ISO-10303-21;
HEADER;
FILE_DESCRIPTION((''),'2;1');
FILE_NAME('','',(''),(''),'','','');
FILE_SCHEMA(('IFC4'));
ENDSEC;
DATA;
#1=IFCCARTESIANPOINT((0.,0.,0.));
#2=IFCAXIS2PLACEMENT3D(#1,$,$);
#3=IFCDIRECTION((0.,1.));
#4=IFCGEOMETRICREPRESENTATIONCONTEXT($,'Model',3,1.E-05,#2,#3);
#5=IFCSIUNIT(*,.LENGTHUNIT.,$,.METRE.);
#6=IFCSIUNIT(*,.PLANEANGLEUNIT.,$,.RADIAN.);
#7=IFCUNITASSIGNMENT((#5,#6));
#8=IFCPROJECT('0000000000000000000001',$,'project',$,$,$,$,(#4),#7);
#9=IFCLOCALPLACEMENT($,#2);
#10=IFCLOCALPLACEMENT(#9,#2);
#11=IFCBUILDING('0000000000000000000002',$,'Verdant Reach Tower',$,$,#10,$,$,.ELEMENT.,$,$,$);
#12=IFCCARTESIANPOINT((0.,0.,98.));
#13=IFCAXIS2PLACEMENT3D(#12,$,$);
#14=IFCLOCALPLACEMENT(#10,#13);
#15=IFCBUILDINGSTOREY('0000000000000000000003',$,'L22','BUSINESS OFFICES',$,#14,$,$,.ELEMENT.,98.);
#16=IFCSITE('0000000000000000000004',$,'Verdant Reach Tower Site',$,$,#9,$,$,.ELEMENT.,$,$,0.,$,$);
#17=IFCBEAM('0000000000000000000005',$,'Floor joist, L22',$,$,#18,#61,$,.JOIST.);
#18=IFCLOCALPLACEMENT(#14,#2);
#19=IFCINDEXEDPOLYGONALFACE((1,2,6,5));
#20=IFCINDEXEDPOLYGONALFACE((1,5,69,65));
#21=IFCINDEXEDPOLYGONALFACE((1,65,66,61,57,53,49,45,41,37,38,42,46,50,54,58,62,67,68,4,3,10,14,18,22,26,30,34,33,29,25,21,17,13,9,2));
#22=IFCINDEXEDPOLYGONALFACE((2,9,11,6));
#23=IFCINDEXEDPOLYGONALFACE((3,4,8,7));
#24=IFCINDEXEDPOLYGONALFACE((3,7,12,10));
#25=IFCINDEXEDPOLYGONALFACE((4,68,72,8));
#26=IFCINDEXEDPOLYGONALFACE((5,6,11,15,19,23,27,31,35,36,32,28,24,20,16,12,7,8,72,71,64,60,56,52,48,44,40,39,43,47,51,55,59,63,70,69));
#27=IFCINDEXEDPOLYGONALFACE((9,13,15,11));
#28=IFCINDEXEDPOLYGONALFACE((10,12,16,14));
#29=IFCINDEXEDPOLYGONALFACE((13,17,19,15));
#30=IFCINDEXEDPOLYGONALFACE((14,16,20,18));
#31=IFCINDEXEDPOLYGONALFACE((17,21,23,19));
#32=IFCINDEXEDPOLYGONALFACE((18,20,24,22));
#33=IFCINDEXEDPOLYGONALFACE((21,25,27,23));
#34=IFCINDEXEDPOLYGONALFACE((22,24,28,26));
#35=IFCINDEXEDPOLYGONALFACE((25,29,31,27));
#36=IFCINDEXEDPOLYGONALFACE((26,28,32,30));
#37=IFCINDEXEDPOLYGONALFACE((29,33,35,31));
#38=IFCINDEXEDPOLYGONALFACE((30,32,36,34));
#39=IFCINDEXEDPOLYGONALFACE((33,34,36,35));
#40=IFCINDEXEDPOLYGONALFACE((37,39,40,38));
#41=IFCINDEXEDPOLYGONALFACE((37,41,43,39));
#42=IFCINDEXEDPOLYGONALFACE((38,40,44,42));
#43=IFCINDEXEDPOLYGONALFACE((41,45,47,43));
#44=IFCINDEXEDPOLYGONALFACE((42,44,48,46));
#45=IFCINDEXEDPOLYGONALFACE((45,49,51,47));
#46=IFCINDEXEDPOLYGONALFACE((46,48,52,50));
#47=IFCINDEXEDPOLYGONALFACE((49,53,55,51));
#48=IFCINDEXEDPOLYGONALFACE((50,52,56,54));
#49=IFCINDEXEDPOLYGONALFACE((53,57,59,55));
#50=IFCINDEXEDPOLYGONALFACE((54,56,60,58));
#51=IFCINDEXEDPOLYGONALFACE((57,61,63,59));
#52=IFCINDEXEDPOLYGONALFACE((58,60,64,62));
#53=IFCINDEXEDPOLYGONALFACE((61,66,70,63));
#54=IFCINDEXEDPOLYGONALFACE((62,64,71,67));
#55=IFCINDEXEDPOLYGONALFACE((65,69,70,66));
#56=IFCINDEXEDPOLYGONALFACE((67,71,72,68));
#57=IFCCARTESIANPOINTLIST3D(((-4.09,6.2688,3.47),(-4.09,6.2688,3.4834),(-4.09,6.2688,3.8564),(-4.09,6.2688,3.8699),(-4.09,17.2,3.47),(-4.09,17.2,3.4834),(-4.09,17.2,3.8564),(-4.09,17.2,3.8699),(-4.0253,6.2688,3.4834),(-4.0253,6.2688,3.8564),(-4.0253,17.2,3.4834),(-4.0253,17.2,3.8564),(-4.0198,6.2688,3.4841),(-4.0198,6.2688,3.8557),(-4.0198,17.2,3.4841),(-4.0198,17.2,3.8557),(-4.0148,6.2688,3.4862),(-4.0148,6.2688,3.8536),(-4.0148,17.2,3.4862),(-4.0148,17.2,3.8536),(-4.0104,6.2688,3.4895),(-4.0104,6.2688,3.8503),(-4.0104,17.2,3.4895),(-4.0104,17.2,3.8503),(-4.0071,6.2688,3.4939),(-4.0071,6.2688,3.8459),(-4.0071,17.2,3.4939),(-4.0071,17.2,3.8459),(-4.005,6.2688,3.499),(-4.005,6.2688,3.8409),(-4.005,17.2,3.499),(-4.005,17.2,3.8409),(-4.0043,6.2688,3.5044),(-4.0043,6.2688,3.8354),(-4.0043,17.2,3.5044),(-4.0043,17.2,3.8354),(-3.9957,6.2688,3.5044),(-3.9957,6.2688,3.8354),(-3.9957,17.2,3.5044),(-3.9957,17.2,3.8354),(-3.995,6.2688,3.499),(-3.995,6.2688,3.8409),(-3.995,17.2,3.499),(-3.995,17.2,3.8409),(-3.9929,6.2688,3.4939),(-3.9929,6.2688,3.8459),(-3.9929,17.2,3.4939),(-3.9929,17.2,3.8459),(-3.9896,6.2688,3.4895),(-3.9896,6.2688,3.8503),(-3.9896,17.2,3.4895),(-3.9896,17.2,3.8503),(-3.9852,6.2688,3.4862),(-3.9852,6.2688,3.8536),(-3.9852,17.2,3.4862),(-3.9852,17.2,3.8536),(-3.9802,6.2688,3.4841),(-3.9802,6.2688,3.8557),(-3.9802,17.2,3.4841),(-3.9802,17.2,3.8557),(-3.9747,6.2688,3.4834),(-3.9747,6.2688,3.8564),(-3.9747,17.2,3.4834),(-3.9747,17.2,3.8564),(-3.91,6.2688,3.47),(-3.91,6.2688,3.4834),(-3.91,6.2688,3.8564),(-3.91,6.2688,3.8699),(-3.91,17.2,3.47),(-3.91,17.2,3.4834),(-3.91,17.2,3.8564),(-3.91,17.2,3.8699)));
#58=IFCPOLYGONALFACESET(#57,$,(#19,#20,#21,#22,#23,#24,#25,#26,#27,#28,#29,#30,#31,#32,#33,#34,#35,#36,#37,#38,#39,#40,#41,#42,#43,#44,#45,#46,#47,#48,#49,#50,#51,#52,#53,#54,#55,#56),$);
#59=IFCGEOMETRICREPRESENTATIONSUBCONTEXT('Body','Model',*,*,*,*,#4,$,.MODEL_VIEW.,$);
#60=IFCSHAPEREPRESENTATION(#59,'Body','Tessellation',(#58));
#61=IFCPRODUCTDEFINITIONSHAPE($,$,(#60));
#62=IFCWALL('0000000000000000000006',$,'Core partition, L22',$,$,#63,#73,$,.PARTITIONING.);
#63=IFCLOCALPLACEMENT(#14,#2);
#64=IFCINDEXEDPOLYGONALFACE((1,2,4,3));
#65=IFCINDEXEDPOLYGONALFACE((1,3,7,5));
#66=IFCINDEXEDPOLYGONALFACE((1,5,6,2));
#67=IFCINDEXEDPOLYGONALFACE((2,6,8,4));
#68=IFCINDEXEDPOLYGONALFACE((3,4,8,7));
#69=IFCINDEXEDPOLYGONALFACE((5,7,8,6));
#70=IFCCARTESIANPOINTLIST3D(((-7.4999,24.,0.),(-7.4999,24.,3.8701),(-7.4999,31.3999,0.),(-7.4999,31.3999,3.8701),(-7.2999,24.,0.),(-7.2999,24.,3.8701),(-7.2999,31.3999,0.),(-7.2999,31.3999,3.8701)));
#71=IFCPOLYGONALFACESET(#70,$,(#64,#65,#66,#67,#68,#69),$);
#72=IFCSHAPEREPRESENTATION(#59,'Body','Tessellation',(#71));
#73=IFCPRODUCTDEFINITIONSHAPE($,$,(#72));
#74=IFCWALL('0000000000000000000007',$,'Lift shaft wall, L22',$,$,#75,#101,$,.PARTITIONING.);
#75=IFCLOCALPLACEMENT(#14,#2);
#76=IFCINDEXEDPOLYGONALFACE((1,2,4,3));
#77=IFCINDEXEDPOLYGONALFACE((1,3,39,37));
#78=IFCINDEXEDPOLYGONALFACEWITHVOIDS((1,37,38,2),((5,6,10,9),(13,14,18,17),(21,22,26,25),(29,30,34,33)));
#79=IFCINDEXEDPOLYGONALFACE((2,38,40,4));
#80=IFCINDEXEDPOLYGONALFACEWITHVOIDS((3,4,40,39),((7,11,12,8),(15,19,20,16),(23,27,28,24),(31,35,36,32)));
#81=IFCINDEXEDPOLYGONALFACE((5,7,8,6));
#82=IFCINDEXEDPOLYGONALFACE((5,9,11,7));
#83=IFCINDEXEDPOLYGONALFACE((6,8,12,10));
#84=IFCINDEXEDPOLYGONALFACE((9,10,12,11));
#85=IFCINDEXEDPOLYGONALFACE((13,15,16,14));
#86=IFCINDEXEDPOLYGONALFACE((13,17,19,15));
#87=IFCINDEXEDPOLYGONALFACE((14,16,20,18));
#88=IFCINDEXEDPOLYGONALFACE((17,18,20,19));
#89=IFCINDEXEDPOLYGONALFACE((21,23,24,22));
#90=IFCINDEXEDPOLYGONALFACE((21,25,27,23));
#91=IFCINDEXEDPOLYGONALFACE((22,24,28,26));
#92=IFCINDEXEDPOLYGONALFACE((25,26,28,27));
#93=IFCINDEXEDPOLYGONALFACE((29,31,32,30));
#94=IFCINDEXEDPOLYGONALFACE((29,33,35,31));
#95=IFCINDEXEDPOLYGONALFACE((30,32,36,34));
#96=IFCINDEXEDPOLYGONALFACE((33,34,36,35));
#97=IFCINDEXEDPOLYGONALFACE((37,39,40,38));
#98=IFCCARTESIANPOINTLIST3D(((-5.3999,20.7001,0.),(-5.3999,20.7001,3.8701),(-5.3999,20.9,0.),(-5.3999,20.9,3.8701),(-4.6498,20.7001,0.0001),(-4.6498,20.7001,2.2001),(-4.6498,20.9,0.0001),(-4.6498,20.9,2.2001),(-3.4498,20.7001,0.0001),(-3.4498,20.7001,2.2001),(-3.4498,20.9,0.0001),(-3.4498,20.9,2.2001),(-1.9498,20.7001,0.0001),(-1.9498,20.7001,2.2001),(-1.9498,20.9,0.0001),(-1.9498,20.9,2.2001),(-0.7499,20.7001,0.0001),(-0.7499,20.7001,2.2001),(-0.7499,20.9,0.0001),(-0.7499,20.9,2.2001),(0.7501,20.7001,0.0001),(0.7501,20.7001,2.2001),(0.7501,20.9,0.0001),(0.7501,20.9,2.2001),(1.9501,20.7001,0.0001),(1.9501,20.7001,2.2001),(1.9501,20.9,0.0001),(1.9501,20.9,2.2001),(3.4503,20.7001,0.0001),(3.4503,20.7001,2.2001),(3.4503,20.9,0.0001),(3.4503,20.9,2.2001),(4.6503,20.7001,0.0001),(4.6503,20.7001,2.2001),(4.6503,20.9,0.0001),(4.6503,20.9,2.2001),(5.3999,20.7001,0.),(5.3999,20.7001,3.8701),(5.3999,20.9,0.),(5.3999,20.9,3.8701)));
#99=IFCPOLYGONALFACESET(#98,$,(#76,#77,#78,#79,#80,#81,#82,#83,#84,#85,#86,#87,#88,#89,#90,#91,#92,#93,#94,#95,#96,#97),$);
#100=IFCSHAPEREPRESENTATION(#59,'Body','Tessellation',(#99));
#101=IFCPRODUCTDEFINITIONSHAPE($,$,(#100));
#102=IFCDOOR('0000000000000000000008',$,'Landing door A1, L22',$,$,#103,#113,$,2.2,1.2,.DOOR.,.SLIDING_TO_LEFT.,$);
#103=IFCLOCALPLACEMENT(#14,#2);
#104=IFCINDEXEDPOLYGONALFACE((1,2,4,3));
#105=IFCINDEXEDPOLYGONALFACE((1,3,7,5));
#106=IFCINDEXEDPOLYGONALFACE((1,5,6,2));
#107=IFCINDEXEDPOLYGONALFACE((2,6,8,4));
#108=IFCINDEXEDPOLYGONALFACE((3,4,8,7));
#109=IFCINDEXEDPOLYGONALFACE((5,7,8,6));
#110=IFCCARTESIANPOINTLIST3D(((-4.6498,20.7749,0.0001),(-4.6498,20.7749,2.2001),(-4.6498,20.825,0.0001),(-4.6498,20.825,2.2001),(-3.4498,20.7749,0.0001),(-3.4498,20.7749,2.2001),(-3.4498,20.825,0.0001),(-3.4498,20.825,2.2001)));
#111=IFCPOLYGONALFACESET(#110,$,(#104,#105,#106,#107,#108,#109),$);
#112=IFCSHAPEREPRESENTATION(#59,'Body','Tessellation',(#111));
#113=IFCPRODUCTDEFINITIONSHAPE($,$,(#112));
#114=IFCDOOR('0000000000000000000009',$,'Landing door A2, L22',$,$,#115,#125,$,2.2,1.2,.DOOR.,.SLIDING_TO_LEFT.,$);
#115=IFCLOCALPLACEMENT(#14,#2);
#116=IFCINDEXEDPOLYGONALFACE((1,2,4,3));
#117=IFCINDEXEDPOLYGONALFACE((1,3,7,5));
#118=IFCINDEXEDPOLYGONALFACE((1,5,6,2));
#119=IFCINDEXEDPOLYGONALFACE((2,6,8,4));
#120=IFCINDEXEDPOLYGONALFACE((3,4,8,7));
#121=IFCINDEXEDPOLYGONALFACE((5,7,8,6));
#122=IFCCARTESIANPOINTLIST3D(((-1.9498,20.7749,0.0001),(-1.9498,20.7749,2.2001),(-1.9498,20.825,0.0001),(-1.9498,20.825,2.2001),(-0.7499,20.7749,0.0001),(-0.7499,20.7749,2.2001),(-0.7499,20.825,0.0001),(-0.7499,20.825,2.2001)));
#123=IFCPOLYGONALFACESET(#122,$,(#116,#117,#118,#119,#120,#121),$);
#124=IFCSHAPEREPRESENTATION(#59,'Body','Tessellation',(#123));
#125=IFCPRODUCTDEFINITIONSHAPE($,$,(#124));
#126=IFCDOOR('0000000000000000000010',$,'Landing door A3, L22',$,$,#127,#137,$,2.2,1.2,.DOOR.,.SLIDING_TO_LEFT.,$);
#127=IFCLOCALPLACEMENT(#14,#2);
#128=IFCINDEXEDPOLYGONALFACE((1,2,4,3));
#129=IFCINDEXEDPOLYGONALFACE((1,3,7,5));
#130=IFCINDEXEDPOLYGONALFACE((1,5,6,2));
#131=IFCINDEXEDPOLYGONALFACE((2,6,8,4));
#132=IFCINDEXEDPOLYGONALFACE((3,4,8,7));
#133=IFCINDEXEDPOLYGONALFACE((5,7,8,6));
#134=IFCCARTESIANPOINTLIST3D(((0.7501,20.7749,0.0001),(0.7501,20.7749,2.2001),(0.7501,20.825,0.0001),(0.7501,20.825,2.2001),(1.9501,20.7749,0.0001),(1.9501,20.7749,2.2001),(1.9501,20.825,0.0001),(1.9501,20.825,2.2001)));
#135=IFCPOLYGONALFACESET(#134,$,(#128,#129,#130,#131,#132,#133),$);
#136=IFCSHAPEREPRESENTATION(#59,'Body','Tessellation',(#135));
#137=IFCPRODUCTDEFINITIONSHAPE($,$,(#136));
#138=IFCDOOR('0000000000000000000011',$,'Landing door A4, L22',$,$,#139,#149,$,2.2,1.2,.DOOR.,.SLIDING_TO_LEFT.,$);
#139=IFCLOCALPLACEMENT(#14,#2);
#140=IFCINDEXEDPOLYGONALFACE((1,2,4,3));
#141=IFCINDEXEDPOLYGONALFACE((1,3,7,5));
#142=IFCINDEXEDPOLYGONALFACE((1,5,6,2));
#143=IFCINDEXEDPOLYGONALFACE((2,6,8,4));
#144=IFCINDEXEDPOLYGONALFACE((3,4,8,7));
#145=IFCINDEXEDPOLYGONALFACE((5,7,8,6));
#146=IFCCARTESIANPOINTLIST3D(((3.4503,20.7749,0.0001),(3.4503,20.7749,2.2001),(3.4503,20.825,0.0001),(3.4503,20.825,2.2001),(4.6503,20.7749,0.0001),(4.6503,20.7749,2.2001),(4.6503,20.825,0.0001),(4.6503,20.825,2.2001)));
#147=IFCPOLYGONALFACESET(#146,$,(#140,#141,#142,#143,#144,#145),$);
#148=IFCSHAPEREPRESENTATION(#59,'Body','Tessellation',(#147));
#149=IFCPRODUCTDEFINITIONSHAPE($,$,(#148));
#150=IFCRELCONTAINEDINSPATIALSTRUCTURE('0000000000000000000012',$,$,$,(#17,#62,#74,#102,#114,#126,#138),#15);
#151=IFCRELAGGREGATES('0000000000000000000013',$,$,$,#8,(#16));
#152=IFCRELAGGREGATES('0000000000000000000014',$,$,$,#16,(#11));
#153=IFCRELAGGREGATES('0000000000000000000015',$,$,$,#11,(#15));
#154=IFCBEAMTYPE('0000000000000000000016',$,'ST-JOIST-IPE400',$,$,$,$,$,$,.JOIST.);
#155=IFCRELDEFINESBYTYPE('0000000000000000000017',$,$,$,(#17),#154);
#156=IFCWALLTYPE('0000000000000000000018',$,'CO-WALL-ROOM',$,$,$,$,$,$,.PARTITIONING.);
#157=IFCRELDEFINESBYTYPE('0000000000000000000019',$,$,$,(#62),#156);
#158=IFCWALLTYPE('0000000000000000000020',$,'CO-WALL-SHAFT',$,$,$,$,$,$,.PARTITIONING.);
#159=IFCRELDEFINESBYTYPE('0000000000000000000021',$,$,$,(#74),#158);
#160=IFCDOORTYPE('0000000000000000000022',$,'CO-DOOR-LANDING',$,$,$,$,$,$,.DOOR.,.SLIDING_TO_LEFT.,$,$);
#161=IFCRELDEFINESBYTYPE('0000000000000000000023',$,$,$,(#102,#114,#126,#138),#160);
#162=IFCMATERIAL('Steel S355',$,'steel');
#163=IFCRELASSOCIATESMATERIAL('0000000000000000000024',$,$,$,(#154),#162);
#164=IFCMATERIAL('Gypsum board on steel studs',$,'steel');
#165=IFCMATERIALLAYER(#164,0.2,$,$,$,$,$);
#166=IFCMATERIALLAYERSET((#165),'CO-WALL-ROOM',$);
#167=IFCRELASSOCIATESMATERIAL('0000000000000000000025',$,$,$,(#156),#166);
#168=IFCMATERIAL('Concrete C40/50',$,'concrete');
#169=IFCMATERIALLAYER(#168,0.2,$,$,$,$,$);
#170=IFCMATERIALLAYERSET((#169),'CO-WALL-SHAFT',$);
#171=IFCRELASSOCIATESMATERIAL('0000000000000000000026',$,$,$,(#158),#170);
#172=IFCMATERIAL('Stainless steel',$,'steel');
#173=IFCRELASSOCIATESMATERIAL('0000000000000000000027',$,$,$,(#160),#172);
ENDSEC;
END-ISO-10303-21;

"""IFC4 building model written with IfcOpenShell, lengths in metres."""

from ifc_helpers import new_model, si_unit, direction, frame, frame_2d, origin, origin_2d, place, context, subcontext, project, spatial, rectangle, i_section, extrude, material, layer, layer_set, material_profile, profile_set, type_object, element, fill, save


model = new_model("IFC4")

# Units and contexts
model_context = context("Model", 3, precision=1e-05, world=origin(), true_north=direction((0.0, 1.0)))
body_context = subcontext(model_context, "Body", "Model", "MODEL_VIEW")
ifc_project = project(units=[si_unit("LENGTHUNIT", "METRE"), si_unit("PLANEANGLEUNIT", "RADIAN")], contexts=[model_context])

# Site, building, storey
site_placement = place(None, origin())
site = spatial("IfcSite", under=ifc_project, at=site_placement, Name="Verdant Reach Tower Site", CompositionType="ELEMENT", RefElevation=0.0)
building_placement = place(site_placement, origin())
building = spatial("IfcBuilding", under=site, at=building_placement, Name="Verdant Reach Tower", CompositionType="ELEMENT")
storey_placement = place(building_placement, frame((0.0, 0.0, 98.0)))
storey = spatial("IfcBuildingStorey", under=building, at=storey_placement, Name="L22", Description="BUSINESS OFFICES", CompositionType="ELEMENT", Elevation=98.0)

# Beam
ifc_material_1 = material(Name="Steel S355", Category="steel")
ifc_material_profile = material_profile(ifc_material_1, i_section(OverallWidth=0.1799, OverallDepth=0.3999, WebThickness=0.0085, FlangeThickness=0.0134, FilletRadius=0.021, at=origin_2d()), Name="IPE 400")
ifc_profile_set = profile_set([ifc_material_profile], Name="Steel S355")
beam_type = type_object("IfcBeamType", Name="ST-JOIST-IPE400", PredefinedType="JOIST", material=ifc_profile_set)
beam_placement = place(storey_placement, frame((-4.0, 17.2, 3.6699), z_axis=(0.0, -1.0, 0.0), x_axis=(1.0, 0.0, 0.0)))
element("IfcBeam", 1, at=beam_placement, inside=storey, type_object=beam_type, Name="Floor joist, L22", PredefinedType="JOIST", context=body_context, shape_type="SweptSolid", body=[
    extrude(i_section(OverallWidth=0.1799, OverallDepth=0.3999, WebThickness=0.0085, FlangeThickness=0.0134, FilletRadius=0.021, at=origin_2d()), origin(), (0.0, 0.0, 1.0), 10.9312),
])

# Wall
ifc_material_2 = material(Name="Gypsum board on steel studs", Category="steel")
ifc_layer_1 = layer(ifc_material_2, 0.2)
ifc_layer_set_1 = layer_set([ifc_layer_1], Name="CO-WALL-ROOM")
wall_type_1 = type_object("IfcWallType", Name="CO-WALL-ROOM", PredefinedType="PARTITIONING", material=ifc_layer_set_1)
wall_1_placement = place(storey_placement, frame((-7.3999, 24.0, 0.0), z_axis=(0.0, 0.0, 1.0), x_axis=(0.0, 1.0, 0.0)))
element("IfcWall", 2, at=wall_1_placement, inside=storey, type_object=wall_type_1, Name="Core partition, L22", PredefinedType="PARTITIONING", context=body_context, shape_type="SweptSolid", body=[
    extrude(rectangle(XDim=7.3999, YDim=0.2, at=frame_2d((3.7, 0.0))), origin(), (0.0, 0.0, 1.0), 3.8701),
])

# Wall, openings, doors
ifc_material_3 = material(Name="Concrete C40/50", Category="concrete")
ifc_layer_2 = layer(ifc_material_3, 0.2)
ifc_layer_set_2 = layer_set([ifc_layer_2], Name="CO-WALL-SHAFT")
wall_type_2 = type_object("IfcWallType", Name="CO-WALL-SHAFT", PredefinedType="PARTITIONING", material=ifc_layer_set_2)
wall_2_placement = place(storey_placement, frame((-5.3999, 20.8, 0.0), z_axis=(0.0, 0.0, 1.0), x_axis=(1.0, 0.0, 0.0)))
wall_2 = element("IfcWall", 3, at=wall_2_placement, inside=storey, type_object=wall_type_2, Name="Lift shaft wall, L22", PredefinedType="PARTITIONING", context=body_context, shape_type="SweptSolid", body=[
    extrude(rectangle(XDim=10.7998, YDim=0.2, at=frame_2d((5.3999, 0.0))), origin(), (0.0, 0.0, 1.0), 3.8701),
])
opening_1_placement = place(wall_2_placement, frame((0.75, 0.0, 0.0)))
opening_1 = element("IfcOpeningElement", 4, at=opening_1_placement, cuts=wall_2, PredefinedType="OPENING", context=body_context, shape_type="SweptSolid", body=[
    extrude(rectangle(XDim=1.2, YDim=2.2, at=frame_2d((0.6001, 1.1001))), frame((0.0, 0.1099, 0.0), z_axis=(0.0, -1.0, 0.0), x_axis=(1.0, 0.0, 0.0)), (0.0, 0.0, 1.0), 0.22),
])
opening_2_placement = place(wall_2_placement, frame((3.45, 0.0, 0.0)))
opening_2 = element("IfcOpeningElement", 5, at=opening_2_placement, cuts=wall_2, PredefinedType="OPENING", context=body_context, shape_type="SweptSolid", body=[
    extrude(rectangle(XDim=1.2, YDim=2.2, at=frame_2d((0.6001, 1.1001))), frame((0.0, 0.1099, 0.0), z_axis=(0.0, -1.0, 0.0), x_axis=(1.0, 0.0, 0.0)), (0.0, 0.0, 1.0), 0.22),
])
opening_3_placement = place(wall_2_placement, frame((6.1499, 0.0, 0.0)))
opening_3 = element("IfcOpeningElement", 6, at=opening_3_placement, cuts=wall_2, PredefinedType="OPENING", context=body_context, shape_type="SweptSolid", body=[
    extrude(rectangle(XDim=1.2, YDim=2.2, at=frame_2d((0.6001, 1.1001))), frame((0.0, 0.1099, 0.0), z_axis=(0.0, -1.0, 0.0), x_axis=(1.0, 0.0, 0.0)), (0.0, 0.0, 1.0), 0.22),
])
opening_4_placement = place(wall_2_placement, frame((8.8501, 0.0, 0.0)))
opening_4 = element("IfcOpeningElement", 7, at=opening_4_placement, cuts=wall_2, PredefinedType="OPENING", context=body_context, shape_type="SweptSolid", body=[
    extrude(rectangle(XDim=1.2, YDim=2.2, at=frame_2d((0.6001, 1.1001))), frame((0.0, 0.1099, 0.0), z_axis=(0.0, -1.0, 0.0), x_axis=(1.0, 0.0, 0.0)), (0.0, 0.0, 1.0), 0.22),
])
ifc_material_4 = material(Name="Stainless steel", Category="steel")
door_type_1 = type_object("IfcDoorType", Name="CO-DOOR-LANDING", OperationType="SLIDING_TO_LEFT", PredefinedType="DOOR", material=ifc_material_4)
door_1_placement = place(opening_1_placement, origin())
door_1 = element("IfcDoor", 8, at=door_1_placement, inside=storey, type_object=door_type_1, Name="Landing door A1, L22", OperationType="SLIDING_TO_LEFT", OverallHeight=2.2, OverallWidth=1.2, PredefinedType="DOOR", context=body_context, shape_type="SweptSolid", body=[
    extrude(rectangle(XDim=1.2, YDim=2.2, at=frame_2d((0.6001, 1.1001))), frame((0.0, 0.0249, 0.0), z_axis=(0.0, -1.0, 0.0), x_axis=(1.0, 0.0, 0.0)), (0.0, 0.0, 1.0), 0.05),
])
fill(opening_1, door_1)
door_2_placement = place(opening_2_placement, origin())
door_2 = element("IfcDoor", 9, at=door_2_placement, inside=storey, type_object=door_type_1, Name="Landing door A2, L22", OperationType="SLIDING_TO_LEFT", OverallHeight=2.2, OverallWidth=1.2, PredefinedType="DOOR", context=body_context, shape_type="SweptSolid", body=[
    extrude(rectangle(XDim=1.2, YDim=2.2, at=frame_2d((0.6001, 1.1001))), frame((0.0, 0.0249, 0.0), z_axis=(0.0, -1.0, 0.0), x_axis=(1.0, 0.0, 0.0)), (0.0, 0.0, 1.0), 0.05),
])
fill(opening_2, door_2)
door_3_placement = place(opening_3_placement, origin())
door_3 = element("IfcDoor", 10, at=door_3_placement, inside=storey, type_object=door_type_1, Name="Landing door A3, L22", OperationType="SLIDING_TO_LEFT", OverallHeight=2.2, OverallWidth=1.2, PredefinedType="DOOR", context=body_context, shape_type="SweptSolid", body=[
    extrude(rectangle(XDim=1.2, YDim=2.2, at=frame_2d((0.6001, 1.1001))), frame((0.0, 0.0249, 0.0), z_axis=(0.0, -1.0, 0.0), x_axis=(1.0, 0.0, 0.0)), (0.0, 0.0, 1.0), 0.05),
])
fill(opening_3, door_3)
door_4_placement = place(opening_4_placement, origin())
door_4 = element("IfcDoor", 11, at=door_4_placement, inside=storey, type_object=door_type_1, Name="Landing door A4, L22", OperationType="SLIDING_TO_LEFT", OverallHeight=2.2, OverallWidth=1.2, PredefinedType="DOOR", context=body_context, shape_type="SweptSolid", body=[
    extrude(rectangle(XDim=1.2, YDim=2.2, at=frame_2d((0.6001, 1.1001))), frame((0.0, 0.0249, 0.0), z_axis=(0.0, -1.0, 0.0), x_axis=(1.0, 0.0, 0.0)), (0.0, 0.0, 1.0), 0.05),
])
fill(opening_4, door_4)

save(model, "model.ifc")
